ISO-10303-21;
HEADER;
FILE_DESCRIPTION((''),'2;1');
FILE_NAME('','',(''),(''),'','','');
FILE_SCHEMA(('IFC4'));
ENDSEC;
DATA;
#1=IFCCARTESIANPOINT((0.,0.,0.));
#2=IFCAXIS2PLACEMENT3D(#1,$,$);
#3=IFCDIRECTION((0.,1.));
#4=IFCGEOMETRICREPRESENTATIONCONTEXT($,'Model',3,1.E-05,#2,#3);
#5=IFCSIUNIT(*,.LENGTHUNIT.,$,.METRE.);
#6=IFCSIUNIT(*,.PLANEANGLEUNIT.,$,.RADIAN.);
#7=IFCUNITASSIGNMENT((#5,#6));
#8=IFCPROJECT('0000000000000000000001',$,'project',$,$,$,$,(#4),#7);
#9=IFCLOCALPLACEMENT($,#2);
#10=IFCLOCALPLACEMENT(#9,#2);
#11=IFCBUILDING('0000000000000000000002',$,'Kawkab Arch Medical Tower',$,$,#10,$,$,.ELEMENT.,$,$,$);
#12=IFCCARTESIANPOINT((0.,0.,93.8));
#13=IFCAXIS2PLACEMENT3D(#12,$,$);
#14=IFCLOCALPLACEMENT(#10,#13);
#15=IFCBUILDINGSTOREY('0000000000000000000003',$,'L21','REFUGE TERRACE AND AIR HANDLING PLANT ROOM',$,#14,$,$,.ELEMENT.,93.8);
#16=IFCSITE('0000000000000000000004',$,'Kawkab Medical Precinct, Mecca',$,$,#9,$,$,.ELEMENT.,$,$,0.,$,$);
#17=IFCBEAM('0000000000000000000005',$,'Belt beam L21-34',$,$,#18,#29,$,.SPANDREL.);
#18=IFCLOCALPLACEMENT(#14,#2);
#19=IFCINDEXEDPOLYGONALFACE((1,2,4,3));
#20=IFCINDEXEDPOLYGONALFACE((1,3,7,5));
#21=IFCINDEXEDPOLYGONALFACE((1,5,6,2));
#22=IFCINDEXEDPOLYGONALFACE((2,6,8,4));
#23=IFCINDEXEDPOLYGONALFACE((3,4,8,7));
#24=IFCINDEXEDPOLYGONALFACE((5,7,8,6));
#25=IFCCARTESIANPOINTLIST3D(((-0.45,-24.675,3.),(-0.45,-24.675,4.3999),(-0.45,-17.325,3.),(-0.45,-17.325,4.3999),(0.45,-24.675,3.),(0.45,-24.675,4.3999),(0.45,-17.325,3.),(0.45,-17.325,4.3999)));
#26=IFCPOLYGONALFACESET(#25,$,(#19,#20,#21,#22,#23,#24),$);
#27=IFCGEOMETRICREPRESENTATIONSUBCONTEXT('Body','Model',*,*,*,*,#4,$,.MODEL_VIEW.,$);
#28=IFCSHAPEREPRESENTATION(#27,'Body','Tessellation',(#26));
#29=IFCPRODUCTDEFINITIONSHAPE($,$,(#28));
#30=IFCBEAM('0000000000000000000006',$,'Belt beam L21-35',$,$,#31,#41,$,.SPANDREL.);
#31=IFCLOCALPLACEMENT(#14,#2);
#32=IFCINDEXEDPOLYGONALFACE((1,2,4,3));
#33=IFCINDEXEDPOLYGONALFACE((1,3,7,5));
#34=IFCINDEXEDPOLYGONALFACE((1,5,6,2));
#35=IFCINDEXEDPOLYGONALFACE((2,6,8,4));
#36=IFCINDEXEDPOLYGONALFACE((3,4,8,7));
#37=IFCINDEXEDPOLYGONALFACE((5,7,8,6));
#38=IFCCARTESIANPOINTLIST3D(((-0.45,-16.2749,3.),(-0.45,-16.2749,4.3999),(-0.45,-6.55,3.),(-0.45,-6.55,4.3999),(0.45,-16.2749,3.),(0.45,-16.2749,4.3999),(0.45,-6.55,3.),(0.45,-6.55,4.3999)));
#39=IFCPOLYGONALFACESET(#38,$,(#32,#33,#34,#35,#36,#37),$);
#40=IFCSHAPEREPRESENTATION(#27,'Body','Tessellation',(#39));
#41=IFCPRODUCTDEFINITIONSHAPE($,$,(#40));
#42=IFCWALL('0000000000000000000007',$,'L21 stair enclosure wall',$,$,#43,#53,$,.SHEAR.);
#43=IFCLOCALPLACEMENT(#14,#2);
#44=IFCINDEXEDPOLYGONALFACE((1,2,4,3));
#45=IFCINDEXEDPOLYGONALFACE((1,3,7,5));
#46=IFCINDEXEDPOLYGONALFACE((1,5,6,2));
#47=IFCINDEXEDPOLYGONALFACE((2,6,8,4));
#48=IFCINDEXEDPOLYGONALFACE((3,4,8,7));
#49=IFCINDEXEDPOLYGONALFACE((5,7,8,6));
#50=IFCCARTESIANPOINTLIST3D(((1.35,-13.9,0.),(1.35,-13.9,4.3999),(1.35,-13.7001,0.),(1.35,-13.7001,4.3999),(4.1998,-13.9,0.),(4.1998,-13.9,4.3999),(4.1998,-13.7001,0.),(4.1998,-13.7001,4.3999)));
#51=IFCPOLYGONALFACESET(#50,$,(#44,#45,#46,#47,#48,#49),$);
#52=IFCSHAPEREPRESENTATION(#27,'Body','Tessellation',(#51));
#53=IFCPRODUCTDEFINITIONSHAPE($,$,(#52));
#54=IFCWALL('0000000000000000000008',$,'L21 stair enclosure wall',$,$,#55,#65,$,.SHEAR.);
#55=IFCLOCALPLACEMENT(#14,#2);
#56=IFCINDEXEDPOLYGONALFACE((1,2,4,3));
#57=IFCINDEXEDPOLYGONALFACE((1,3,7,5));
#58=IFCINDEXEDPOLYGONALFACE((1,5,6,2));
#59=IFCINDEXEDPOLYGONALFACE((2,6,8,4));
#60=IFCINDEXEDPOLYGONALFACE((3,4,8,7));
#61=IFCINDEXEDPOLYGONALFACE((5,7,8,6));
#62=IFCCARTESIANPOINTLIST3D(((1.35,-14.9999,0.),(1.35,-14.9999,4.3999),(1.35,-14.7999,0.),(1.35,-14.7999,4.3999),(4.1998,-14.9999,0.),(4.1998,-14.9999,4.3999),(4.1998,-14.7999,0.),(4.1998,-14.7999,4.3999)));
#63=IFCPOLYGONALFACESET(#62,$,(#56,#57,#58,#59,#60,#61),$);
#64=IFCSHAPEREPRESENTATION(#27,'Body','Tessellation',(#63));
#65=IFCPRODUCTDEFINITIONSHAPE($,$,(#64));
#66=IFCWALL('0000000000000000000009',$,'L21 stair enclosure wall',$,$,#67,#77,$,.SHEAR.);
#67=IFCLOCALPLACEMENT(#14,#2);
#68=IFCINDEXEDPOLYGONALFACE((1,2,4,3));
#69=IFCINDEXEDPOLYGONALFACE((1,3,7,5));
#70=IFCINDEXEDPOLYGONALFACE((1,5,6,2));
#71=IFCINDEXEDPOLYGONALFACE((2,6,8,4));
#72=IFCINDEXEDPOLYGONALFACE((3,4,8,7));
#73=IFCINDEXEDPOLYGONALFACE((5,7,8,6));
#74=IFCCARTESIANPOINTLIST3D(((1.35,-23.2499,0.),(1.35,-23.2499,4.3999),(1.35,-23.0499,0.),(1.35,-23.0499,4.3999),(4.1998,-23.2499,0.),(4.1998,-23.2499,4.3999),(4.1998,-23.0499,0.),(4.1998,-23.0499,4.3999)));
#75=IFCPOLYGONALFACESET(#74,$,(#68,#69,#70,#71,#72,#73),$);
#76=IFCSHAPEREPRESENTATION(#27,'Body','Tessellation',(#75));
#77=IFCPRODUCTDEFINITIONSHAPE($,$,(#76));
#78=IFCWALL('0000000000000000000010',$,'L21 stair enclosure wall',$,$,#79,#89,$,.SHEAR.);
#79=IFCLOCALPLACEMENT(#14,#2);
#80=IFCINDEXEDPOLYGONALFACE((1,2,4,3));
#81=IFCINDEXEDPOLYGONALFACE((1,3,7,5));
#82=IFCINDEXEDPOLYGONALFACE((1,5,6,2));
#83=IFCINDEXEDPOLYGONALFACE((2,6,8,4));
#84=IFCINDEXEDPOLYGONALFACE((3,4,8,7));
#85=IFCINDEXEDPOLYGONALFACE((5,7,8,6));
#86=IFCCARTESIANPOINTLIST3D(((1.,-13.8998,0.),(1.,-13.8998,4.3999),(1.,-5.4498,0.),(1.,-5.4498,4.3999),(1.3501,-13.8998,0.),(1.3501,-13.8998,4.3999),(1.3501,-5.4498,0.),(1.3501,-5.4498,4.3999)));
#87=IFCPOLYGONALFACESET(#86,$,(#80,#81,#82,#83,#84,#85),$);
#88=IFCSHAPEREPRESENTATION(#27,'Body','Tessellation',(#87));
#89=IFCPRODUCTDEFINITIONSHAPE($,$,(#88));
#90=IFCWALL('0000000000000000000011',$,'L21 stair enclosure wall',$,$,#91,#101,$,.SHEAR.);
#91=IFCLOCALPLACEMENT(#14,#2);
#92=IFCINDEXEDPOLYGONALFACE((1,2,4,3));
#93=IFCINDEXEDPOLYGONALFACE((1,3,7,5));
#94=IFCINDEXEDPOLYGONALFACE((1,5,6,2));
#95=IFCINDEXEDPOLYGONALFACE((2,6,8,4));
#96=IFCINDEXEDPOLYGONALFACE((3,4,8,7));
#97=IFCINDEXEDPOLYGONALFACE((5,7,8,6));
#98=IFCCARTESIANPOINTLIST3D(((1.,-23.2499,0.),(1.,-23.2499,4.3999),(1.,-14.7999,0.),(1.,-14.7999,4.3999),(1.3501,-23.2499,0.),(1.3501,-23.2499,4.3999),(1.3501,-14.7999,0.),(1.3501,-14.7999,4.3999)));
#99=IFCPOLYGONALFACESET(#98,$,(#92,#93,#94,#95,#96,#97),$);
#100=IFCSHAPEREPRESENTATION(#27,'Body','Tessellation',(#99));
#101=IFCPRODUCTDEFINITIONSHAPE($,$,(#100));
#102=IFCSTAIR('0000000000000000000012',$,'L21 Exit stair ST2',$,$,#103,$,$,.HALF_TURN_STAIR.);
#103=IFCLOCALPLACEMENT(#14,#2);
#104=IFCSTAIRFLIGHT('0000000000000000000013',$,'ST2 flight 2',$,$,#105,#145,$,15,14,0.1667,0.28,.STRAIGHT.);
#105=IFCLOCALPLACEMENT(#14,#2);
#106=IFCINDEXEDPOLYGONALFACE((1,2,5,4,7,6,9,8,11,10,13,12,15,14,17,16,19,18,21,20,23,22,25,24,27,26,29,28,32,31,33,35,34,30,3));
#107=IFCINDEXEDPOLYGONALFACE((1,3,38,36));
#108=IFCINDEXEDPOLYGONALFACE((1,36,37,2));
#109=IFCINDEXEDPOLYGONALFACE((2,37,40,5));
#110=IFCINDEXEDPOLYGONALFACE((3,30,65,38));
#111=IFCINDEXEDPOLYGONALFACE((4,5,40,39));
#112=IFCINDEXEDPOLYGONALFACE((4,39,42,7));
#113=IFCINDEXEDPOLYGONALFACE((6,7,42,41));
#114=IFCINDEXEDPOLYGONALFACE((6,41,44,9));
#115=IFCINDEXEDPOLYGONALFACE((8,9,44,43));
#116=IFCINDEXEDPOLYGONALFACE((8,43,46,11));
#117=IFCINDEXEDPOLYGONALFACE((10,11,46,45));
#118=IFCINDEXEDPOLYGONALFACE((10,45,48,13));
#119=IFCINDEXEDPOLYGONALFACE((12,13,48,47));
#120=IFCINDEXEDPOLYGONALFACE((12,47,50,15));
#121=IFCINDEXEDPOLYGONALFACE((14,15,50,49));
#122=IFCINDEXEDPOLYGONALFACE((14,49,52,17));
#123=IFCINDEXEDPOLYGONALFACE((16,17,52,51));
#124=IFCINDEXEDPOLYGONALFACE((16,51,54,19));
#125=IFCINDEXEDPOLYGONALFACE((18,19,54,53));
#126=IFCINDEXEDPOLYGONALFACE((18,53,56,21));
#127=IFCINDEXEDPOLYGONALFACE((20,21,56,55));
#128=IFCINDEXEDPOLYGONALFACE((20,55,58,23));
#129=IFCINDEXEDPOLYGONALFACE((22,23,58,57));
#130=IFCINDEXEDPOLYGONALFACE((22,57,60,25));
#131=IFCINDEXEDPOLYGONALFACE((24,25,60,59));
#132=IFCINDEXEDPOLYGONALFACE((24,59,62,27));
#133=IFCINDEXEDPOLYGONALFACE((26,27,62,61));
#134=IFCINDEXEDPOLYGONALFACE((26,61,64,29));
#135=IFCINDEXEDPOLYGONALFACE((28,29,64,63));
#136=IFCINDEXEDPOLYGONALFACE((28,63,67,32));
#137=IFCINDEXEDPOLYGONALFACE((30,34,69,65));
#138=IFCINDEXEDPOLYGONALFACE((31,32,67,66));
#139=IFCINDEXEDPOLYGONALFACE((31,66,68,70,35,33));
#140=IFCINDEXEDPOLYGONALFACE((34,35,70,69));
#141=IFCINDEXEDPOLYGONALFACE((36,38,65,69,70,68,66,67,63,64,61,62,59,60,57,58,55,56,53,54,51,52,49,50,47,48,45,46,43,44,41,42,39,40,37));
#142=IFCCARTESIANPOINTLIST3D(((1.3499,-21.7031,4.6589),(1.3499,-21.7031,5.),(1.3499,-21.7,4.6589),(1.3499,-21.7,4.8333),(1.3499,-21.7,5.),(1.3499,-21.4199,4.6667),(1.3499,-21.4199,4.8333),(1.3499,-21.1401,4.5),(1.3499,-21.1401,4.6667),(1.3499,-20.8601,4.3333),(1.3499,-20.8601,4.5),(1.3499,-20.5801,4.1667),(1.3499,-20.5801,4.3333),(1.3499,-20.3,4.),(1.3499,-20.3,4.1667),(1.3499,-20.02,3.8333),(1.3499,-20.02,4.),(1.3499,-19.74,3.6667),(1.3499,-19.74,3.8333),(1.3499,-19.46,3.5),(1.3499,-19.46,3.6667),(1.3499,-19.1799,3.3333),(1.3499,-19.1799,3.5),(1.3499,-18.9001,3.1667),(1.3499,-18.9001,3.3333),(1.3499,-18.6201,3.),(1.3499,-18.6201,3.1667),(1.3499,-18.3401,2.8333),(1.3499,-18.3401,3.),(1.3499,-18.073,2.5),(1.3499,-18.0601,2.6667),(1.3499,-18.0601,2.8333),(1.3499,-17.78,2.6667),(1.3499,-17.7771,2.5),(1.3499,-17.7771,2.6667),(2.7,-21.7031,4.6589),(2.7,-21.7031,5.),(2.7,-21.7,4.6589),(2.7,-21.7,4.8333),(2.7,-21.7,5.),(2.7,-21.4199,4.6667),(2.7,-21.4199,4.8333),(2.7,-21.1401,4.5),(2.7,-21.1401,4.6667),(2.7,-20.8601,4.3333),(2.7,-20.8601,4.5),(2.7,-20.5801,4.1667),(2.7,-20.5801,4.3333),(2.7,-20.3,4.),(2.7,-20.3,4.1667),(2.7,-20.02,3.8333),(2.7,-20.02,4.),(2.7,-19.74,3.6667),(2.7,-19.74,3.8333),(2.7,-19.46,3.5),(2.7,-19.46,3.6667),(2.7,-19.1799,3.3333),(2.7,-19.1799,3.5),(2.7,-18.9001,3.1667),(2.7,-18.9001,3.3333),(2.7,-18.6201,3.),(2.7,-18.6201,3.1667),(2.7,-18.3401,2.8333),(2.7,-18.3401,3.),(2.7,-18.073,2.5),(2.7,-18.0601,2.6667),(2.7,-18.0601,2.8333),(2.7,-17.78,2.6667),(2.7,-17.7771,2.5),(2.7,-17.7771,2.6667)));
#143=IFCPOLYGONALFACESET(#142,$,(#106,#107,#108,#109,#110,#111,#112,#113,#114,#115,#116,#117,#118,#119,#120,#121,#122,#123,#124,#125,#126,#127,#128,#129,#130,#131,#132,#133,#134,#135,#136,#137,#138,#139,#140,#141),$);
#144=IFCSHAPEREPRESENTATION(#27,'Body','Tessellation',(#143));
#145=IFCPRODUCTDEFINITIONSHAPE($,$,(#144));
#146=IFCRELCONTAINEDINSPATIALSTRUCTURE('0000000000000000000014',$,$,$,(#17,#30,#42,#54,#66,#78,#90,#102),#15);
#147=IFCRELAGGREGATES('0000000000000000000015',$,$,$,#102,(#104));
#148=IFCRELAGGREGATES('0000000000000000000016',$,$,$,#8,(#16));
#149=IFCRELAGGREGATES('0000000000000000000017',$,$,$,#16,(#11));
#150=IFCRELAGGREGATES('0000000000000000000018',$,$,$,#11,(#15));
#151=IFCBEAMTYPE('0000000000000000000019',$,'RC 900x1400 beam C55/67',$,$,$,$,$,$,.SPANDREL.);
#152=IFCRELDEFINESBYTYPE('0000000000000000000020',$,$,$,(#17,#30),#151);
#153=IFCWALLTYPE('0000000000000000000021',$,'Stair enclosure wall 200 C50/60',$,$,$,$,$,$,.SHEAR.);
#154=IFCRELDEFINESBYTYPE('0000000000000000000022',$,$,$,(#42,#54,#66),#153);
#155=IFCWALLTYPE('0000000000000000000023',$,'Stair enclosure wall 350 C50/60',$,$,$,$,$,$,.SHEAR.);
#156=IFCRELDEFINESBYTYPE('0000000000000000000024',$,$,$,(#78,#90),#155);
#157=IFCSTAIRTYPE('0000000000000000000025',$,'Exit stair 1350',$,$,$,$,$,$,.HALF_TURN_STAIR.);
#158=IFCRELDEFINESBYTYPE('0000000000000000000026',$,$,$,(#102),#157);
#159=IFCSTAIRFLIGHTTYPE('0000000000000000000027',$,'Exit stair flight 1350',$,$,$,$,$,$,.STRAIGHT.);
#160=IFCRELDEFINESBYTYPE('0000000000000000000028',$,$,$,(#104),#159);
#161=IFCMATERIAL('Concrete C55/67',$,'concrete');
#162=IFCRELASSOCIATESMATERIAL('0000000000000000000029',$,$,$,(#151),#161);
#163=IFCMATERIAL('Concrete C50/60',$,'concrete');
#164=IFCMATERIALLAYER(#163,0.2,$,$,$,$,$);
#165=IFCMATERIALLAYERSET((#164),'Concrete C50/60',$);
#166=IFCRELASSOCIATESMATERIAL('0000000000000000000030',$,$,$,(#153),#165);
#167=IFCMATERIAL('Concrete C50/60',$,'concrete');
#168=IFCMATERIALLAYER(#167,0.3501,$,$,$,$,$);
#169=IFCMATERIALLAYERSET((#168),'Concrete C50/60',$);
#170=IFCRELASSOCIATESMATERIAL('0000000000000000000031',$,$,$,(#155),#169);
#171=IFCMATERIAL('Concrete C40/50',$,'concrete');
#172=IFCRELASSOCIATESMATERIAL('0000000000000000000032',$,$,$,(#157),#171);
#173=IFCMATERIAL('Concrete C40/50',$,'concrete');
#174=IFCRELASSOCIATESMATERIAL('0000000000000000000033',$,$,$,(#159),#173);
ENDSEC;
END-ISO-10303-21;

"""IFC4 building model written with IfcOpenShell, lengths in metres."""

from ifc_helpers import new_model, si_unit, direction, frame, frame_2d, origin, origin_2d, place, context, subcontext, project, spatial, polyline, rectangle, outline, extrude, material, layer, layer_set, material_profile, profile_set, type_object, element, aggregate, save


model = new_model("IFC4")

# Units and contexts
model_context = context("Model", 3, precision=1e-05, world=origin(), true_north=direction((0.0, 1.0)))
body_context = subcontext(model_context, "Body", "Model", "MODEL_VIEW")
ifc_project = project(units=[si_unit("LENGTHUNIT", "METRE"), si_unit("PLANEANGLEUNIT", "RADIAN")], contexts=[model_context])

# Site, building, storey
site_placement = place(None, origin())
site = spatial("IfcSite", under=ifc_project, at=site_placement, Name="Kawkab Medical Precinct, Mecca", CompositionType="ELEMENT", RefElevation=0.0)
building_placement = place(site_placement, origin())
building = spatial("IfcBuilding", under=site, at=building_placement, Name="Kawkab Arch Medical Tower", CompositionType="ELEMENT")
storey_placement = place(building_placement, frame((0.0, 0.0, 93.8)))
storey = spatial("IfcBuildingStorey", under=building, at=storey_placement, Name="L21", Description="REFUGE TERRACE AND AIR HANDLING PLANT ROOM", CompositionType="ELEMENT", Elevation=93.8)

# Beams
ifc_material_1 = material(Name="Concrete C55/67", Category="concrete")
ifc_material_profile_1 = material_profile(ifc_material_1, rectangle(XDim=0.8999, YDim=1.3999, at=origin_2d()), Name="RC 900x1400")
ifc_profile_set_1 = profile_set([ifc_material_profile_1], Name="Concrete C55/67")
beam_type = type_object("IfcBeamType", Name="RC 900x1400 beam C55/67", PredefinedType="SPANDREL", material=ifc_profile_set_1)
beam_1_placement = place(storey_placement, frame((0.0, -24.675, 3.7), z_axis=(0.0, 1.0, 0.0), x_axis=(-1.0, 0.0, 0.0)))
element("IfcBeam", 1, at=beam_1_placement, inside=storey, type_object=beam_type, Name="Belt beam L21-34", PredefinedType="SPANDREL", context=body_context, shape_type="SweptSolid", body=[
    extrude(rectangle(XDim=0.8999, YDim=1.3999, at=origin_2d()), origin(), (0.0, 0.0, 1.0), 7.3501),
])
beam_2_placement = place(storey_placement, frame((0.0, -16.2749, 3.7), z_axis=(0.0, 1.0, 0.0), x_axis=(-1.0, 0.0, 0.0)))
element("IfcBeam", 2, at=beam_2_placement, inside=storey, type_object=beam_type, Name="Belt beam L21-35", PredefinedType="SPANDREL", context=body_context, shape_type="SweptSolid", body=[
    extrude(rectangle(XDim=0.8999, YDim=1.3999, at=origin_2d()), origin(), (0.0, 0.0, 1.0), 9.7249),
])

# Walls
ifc_material_2 = material(Name="Concrete C50/60", Category="concrete")
ifc_layer_1 = layer(ifc_material_2, 0.2)
ifc_layer_set_1 = layer_set([ifc_layer_1], Name="Concrete C50/60")
wall_type_1 = type_object("IfcWallType", Name="Stair enclosure wall 200 C50/60", PredefinedType="SHEAR", material=ifc_layer_set_1)
for number, where, z_axis, x_axis, name in (
    (3, (1.3501, -13.8, 0.0), (0.0, 0.0, 1.0), (1.0, 0.0, 0.0), "L21 stair enclosure wall"),
    (4, (1.3501, -14.8999, 0.0), (0.0, 0.0, 1.0), (1.0, 0.0, 0.0), "L21 stair enclosure wall"),
    (5, (1.3501, -23.1499, 0.0), (0.0, 0.0, 1.0), (1.0, 0.0, 0.0), "L21 stair enclosure wall"),
):
    element("IfcWall", number, at=place(storey_placement, frame(where, z_axis=z_axis, x_axis=x_axis)), inside=storey, type_object=wall_type_1, Name=name, PredefinedType="SHEAR", context=body_context, shape_type="SweptSolid", body=[
        extrude(rectangle(XDim=2.8499, YDim=0.2, at=frame_2d((1.4248, 0.0))), origin(), (0.0, 0.0, 1.0), 4.3999),
    ])
ifc_material_3 = material(Name="Concrete C50/60", Category="concrete")
ifc_layer_2 = layer(ifc_material_3, 0.3501)
ifc_layer_set_2 = layer_set([ifc_layer_2], Name="Concrete C50/60")
wall_type_2 = type_object("IfcWallType", Name="Stair enclosure wall 350 C50/60", PredefinedType="SHEAR", material=ifc_layer_set_2)
for number, where, z_axis, x_axis, name in (
    (6, (1.175, -13.8999, 0.0), (0.0, 0.0, 1.0), (0.0, 1.0, 0.0), "L21 stair enclosure wall"),
    (7, (1.175, -23.25, 0.0), (0.0, 0.0, 1.0), (0.0, 1.0, 0.0), "L21 stair enclosure wall"),
):
    element("IfcWall", number, at=place(storey_placement, frame(where, z_axis=z_axis, x_axis=x_axis)), inside=storey, type_object=wall_type_2, Name=name, PredefinedType="SHEAR", context=body_context, shape_type="SweptSolid", body=[
        extrude(rectangle(XDim=8.45, YDim=0.3501, at=frame_2d((4.2251, 0.0))), origin(), (0.0, 0.0, 1.0), 4.3999),
    ])

# Stair, stair flight
ifc_material_4 = material(Name="Concrete C40/50", Category="concrete")
stair_type = type_object("IfcStairType", Name="Exit stair 1350", PredefinedType="HALF_TURN_STAIR", material=ifc_material_4)
stair_placement = place(storey_placement, origin())
stair = element("IfcStair", 8, at=stair_placement, inside=storey, type_object=stair_type, Name="L21 Exit stair ST2", PredefinedType="HALF_TURN_STAIR")
ifc_material_5 = material(Name="Concrete C40/50", Category="concrete")
stair_flight_type = type_object("IfcStairFlightType", Name="Exit stair flight 1350", PredefinedType="STRAIGHT", material=ifc_material_5)
stair_flight_placement = place(storey_placement, frame((2.0249, -17.78, 2.5), z_axis=(0.0, 0.0, 1.0), x_axis=(0.0, -1.0, 0.0)))
stair_flight = element("IfcStairFlight", 9, at=stair_flight_placement, type_object=stair_flight_type, Name="ST2 flight 2", NumberOfRisers=15, NumberOfTreads=14, PredefinedType="STRAIGHT", RiserHeight=0.1667, TreadLength=0.28, context=body_context, shape_type="SweptSolid", body=[
    extrude(outline(polyline([(-0.0029, 0.0), (-0.0029, 0.1667), (0.0, 0.1667), (0.28, 0.1667), (0.28, 0.3333), (0.5601, 0.3333), (0.5601, 0.5), (0.8401, 0.5), (0.8401, 0.6667), (1.1201, 0.6667), (1.1201, 0.8333), (1.3999, 0.8333), (1.3999, 1.0), (1.6799, 1.0), (1.6799, 1.1667), (1.96, 1.1667), (1.96, 1.3333), (2.24, 1.3333), (2.24, 1.5), (2.52, 1.5), (2.52, 1.6667), (2.8, 1.6667), (2.8, 1.8333), (3.0801, 1.8333), (3.0801, 2.0), (3.3601, 2.0), (3.3601, 2.1667), (3.6399, 2.1667), (3.6399, 2.3333), (3.9199, 2.3333), (3.9199, 2.5), (3.9231, 2.5), (3.9231, 2.1589), (3.9199, 2.1589), (0.293, 0.0), (-0.0029, 0.0)])), frame((0.0, 0.675, 0.0), z_axis=(0.0, -1.0, 0.0), x_axis=(1.0, 0.0, 0.0)), (0.0, 0.0, 1.0), 1.3501),
])
aggregate(stair, [stair_flight])

save(model, "model.ifc")
